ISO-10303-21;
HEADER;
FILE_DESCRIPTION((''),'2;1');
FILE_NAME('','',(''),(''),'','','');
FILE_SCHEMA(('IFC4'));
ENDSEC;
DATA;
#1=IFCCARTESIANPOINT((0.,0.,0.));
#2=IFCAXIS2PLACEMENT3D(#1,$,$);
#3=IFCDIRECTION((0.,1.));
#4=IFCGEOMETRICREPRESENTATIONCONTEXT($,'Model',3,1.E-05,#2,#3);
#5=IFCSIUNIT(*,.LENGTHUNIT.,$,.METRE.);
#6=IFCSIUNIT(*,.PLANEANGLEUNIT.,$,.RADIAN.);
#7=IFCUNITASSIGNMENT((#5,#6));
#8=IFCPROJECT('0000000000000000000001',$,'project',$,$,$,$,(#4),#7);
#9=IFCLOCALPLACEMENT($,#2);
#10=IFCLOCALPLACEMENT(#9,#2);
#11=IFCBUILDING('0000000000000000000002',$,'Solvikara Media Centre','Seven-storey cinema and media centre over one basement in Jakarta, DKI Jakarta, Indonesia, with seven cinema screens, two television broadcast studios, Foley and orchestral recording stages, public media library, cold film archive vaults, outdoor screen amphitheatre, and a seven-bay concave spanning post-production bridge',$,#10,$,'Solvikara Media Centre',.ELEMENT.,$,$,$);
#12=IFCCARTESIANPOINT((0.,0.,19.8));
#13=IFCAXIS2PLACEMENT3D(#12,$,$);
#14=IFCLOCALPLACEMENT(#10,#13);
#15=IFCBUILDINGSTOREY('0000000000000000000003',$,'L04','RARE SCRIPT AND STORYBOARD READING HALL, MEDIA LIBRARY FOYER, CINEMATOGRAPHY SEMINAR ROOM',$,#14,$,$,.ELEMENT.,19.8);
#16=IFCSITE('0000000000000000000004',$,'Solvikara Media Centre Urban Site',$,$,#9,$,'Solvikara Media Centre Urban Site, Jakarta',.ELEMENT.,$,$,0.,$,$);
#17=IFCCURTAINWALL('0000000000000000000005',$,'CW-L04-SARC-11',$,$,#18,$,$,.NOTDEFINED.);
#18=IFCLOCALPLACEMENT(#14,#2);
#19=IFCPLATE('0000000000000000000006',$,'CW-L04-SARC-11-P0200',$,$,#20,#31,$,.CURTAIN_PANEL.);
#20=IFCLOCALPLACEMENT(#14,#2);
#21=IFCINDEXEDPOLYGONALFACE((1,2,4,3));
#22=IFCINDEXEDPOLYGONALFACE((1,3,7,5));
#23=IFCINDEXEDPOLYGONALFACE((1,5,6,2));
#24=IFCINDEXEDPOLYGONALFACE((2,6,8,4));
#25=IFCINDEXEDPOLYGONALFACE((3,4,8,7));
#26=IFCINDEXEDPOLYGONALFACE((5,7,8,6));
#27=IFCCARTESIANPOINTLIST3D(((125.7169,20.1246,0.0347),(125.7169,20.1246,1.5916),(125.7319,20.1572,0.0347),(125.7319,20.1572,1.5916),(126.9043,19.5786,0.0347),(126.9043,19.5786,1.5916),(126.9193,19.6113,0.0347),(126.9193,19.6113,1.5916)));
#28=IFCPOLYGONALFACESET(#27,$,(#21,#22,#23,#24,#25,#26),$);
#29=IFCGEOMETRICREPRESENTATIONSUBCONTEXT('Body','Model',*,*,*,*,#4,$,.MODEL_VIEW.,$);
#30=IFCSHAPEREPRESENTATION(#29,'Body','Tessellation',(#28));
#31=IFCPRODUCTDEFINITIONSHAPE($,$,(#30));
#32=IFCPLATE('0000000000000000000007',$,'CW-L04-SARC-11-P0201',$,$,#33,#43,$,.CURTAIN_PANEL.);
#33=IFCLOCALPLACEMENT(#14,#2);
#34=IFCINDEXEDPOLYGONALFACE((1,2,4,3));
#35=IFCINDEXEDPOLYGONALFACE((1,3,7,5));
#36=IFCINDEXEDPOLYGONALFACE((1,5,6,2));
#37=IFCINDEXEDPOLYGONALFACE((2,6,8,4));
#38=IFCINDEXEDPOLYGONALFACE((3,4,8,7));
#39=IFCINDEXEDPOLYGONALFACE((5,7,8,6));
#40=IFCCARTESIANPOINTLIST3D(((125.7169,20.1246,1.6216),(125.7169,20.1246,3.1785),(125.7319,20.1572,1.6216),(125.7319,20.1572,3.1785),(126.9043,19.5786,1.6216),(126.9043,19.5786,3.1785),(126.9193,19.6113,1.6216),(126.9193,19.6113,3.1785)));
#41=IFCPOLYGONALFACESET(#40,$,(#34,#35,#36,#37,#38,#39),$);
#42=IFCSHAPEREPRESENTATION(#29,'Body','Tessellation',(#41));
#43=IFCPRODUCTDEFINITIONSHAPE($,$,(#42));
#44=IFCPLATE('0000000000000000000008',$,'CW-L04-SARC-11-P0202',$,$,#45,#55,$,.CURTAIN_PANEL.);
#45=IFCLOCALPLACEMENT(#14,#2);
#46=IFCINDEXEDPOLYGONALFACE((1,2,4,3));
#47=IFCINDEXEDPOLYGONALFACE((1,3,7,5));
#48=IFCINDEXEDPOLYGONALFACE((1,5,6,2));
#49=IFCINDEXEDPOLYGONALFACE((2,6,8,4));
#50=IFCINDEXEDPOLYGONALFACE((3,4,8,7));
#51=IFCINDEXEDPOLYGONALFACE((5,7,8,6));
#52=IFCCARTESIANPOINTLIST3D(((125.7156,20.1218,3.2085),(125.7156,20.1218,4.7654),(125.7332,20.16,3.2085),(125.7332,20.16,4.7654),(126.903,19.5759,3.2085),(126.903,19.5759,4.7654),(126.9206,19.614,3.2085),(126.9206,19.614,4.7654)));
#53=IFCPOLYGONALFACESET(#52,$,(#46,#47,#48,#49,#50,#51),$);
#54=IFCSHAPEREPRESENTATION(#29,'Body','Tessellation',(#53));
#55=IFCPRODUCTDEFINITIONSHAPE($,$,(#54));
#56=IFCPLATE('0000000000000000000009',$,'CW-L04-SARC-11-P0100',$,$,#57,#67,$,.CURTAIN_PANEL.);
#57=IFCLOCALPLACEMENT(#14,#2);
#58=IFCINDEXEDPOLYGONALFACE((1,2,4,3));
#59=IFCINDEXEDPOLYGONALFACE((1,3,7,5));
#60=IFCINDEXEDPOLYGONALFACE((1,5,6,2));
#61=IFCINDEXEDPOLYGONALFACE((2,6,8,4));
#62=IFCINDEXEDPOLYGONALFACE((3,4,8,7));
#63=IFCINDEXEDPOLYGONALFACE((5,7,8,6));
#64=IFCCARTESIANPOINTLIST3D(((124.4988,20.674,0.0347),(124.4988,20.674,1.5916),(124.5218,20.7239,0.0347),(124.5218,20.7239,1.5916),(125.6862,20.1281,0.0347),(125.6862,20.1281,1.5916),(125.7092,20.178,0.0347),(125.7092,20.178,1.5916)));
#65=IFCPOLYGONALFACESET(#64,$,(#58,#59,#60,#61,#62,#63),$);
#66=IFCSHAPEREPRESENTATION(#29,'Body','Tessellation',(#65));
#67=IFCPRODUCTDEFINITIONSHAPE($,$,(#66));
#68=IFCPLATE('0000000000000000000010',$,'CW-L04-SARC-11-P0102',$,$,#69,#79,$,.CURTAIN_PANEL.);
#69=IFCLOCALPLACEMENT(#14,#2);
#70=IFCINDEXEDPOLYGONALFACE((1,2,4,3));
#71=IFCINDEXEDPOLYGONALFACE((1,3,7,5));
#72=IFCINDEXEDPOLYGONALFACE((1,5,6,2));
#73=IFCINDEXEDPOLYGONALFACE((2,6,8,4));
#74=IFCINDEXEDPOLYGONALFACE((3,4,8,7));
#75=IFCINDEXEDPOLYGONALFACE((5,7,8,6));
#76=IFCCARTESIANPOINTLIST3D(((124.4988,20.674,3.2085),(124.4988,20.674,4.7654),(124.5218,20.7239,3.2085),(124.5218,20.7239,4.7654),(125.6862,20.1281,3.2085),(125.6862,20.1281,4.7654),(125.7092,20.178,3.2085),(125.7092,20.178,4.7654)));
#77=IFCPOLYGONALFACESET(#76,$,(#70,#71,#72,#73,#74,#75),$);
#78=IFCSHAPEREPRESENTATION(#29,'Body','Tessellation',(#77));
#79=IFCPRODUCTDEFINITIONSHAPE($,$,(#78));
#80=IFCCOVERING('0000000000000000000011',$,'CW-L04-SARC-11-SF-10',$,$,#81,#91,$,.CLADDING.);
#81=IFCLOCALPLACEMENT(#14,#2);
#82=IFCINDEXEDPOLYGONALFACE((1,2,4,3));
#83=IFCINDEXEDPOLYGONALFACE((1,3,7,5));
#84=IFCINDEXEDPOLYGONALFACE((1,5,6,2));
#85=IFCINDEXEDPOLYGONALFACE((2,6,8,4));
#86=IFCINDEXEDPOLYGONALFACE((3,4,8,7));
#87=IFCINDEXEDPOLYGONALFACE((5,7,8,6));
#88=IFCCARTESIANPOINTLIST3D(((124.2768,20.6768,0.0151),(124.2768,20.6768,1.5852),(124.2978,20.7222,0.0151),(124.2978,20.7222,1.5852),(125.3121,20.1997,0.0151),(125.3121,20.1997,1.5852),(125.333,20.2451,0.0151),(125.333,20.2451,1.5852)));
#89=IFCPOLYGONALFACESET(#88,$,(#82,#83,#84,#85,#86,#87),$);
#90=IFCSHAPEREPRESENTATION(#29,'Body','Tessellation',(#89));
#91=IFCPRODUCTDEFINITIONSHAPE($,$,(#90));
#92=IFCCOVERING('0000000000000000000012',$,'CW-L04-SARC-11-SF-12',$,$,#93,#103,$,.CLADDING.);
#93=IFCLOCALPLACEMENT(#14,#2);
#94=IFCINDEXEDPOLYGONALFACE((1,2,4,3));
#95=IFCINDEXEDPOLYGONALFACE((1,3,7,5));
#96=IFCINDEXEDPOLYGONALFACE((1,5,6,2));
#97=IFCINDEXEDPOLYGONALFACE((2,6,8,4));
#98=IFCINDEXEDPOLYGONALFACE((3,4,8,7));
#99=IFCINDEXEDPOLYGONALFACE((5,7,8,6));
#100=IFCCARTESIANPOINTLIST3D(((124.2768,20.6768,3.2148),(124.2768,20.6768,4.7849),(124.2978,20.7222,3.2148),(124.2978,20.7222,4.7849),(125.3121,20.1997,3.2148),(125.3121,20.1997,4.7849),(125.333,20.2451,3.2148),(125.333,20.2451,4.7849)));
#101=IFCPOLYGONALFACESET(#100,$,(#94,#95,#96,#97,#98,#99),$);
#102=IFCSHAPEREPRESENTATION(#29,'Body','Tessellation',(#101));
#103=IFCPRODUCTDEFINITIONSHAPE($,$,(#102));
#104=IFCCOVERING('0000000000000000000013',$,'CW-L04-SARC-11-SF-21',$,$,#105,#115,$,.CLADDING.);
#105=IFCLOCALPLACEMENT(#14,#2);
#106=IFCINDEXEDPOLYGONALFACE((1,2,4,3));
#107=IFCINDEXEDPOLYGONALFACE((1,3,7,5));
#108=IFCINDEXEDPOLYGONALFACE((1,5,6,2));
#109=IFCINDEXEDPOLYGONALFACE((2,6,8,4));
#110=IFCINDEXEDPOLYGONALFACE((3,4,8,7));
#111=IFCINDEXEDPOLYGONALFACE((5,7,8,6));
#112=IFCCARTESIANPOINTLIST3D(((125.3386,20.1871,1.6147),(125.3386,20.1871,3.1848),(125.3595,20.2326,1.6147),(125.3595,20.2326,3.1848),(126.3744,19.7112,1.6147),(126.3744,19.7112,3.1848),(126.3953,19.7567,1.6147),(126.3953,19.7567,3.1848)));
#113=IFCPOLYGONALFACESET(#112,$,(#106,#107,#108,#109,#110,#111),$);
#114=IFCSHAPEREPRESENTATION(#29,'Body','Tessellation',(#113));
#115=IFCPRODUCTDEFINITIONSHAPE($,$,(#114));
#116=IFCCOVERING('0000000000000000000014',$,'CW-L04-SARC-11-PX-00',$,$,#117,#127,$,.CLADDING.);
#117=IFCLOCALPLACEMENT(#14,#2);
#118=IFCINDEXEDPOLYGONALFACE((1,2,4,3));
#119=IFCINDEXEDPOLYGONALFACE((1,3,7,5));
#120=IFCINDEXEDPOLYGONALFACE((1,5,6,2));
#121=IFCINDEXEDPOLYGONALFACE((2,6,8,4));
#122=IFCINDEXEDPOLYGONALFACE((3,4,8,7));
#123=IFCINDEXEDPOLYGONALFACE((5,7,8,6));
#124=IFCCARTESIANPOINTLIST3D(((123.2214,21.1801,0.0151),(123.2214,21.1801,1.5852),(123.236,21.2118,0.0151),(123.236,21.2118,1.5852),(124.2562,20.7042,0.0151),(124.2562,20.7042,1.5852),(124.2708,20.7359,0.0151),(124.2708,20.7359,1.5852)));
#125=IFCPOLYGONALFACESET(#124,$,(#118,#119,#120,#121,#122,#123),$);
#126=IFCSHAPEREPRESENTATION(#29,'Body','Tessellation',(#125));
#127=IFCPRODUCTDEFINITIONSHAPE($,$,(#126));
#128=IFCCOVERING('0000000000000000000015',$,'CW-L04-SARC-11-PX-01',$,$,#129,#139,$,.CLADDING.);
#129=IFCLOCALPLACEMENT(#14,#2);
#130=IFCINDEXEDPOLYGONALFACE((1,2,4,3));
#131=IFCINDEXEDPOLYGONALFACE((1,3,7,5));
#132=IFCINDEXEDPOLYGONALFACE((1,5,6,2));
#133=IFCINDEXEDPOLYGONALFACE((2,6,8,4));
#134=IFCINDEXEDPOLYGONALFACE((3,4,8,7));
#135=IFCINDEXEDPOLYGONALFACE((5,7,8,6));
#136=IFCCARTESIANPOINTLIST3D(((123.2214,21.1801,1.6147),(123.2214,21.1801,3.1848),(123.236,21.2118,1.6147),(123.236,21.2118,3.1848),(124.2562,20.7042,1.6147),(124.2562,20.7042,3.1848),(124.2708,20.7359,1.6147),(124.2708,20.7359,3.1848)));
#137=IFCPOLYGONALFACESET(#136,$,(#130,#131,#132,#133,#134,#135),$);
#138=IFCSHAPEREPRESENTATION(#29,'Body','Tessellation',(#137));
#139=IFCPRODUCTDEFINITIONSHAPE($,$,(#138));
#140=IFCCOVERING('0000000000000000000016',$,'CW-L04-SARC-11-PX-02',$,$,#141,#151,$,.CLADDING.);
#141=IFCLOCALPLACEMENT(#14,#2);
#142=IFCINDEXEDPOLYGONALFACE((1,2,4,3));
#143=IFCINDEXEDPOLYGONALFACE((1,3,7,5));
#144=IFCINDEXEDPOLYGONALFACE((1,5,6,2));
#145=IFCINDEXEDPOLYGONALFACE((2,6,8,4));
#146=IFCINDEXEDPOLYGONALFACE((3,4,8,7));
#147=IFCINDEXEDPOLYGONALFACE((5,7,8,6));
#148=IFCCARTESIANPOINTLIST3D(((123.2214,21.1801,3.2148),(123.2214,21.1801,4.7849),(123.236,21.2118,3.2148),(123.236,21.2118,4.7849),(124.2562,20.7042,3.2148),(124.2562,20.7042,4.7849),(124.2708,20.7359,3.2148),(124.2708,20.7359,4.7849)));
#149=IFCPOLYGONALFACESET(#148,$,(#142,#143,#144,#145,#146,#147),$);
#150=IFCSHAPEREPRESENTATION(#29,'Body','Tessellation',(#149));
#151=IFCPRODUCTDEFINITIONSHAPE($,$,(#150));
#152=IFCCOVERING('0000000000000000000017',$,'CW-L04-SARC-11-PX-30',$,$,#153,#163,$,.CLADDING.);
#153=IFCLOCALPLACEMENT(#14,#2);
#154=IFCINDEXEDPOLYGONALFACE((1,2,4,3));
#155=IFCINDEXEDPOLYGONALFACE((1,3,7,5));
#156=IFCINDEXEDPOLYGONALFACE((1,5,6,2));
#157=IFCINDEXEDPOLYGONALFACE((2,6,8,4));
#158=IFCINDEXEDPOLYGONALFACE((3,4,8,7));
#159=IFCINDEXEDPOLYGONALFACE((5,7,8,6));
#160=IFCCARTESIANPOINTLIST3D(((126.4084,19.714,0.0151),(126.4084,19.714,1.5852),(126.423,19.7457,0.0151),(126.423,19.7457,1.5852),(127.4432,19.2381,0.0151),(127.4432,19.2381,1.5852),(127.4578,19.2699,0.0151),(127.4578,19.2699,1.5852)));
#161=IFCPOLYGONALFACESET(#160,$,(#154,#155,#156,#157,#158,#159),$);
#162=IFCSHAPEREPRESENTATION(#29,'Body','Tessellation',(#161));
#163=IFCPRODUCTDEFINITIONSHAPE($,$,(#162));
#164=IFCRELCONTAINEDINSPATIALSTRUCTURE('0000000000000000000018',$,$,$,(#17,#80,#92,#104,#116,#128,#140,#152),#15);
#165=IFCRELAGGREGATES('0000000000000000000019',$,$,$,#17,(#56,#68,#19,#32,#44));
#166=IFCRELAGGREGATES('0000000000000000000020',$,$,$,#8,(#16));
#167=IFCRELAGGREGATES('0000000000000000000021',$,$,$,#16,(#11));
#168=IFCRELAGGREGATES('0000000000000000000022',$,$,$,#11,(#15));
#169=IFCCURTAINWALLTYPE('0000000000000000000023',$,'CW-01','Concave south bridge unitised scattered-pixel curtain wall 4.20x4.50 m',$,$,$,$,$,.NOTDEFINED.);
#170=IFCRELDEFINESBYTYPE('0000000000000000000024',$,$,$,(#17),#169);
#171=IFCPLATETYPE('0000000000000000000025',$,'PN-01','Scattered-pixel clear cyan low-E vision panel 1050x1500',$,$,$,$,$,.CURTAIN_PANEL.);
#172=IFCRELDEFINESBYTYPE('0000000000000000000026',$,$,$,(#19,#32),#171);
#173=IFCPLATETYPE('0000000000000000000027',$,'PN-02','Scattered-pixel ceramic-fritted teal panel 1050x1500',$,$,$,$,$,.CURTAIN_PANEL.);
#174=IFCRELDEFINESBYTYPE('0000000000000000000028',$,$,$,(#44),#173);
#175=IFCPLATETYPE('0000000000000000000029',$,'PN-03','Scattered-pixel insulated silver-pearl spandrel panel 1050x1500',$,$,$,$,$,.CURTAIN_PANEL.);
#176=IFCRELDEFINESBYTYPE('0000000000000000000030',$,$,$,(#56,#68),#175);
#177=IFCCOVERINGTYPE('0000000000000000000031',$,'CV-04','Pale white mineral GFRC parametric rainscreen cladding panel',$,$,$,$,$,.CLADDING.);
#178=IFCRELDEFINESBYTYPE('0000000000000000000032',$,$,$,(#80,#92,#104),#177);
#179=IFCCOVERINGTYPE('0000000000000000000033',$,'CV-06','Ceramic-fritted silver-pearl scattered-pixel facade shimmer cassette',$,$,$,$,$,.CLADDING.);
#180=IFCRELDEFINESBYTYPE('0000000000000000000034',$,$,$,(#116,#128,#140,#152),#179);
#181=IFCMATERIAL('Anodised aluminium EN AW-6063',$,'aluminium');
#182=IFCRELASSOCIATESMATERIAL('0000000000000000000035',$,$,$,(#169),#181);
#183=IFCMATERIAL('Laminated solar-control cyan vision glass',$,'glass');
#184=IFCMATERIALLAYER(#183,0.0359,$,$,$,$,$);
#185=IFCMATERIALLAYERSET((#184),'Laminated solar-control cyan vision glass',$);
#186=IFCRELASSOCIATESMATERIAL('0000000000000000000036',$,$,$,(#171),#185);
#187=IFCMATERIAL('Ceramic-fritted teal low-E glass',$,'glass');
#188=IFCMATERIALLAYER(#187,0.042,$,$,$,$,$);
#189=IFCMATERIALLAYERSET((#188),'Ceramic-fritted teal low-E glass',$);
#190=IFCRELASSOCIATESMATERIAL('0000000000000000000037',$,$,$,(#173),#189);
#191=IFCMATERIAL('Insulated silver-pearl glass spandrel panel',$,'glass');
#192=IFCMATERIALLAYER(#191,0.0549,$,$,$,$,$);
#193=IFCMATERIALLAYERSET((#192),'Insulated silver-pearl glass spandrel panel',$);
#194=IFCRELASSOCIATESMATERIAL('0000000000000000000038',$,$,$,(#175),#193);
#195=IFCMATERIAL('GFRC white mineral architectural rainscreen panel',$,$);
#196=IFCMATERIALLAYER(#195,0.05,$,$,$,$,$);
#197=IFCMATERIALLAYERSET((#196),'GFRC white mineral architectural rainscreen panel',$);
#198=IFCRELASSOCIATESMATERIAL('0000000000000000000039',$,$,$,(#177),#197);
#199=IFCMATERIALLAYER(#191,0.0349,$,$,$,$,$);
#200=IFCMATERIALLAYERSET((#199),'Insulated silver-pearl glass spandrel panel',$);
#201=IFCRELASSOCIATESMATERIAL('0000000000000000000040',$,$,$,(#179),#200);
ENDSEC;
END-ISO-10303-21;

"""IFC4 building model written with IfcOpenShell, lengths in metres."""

from ifc_helpers import new_model, si_unit, direction, frame, origin, origin_2d, place, context, subcontext, project, spatial, rectangle, extrude, material, layer, layer_set, type_object, element, aggregate, save


model = new_model("IFC4")

# Units and contexts
model_context = context("Model", 3, precision=1e-05, world=origin(), true_north=direction((0.0, 1.0)))
body_context = subcontext(model_context, "Body", "Model", "MODEL_VIEW")
ifc_project = project(units=[si_unit("LENGTHUNIT", "METRE"), si_unit("PLANEANGLEUNIT", "RADIAN")], contexts=[model_context])

# Site, building, storey
site_placement = place(None, origin())
site = spatial("IfcSite", under=ifc_project, at=site_placement, Name="Solvikara Media Centre Urban Site", LongName="Solvikara Media Centre Urban Site, Jakarta", CompositionType="ELEMENT", RefElevation=0.0)
building_placement = place(site_placement, origin())
building = spatial("IfcBuilding", under=site, at=building_placement, Name="Solvikara Media Centre", Description="Seven-storey cinema and media centre over one basement in Jakarta, DKI Jakarta, Indonesia, with seven cinema screens, two television broadcast studios, Foley and orchestral recording stages, public media library, cold film archive vaults, outdoor screen amphitheatre, and a seven-bay concave spanning post-production bridge", LongName="Solvikara Media Centre", CompositionType="ELEMENT")
storey_placement = place(building_placement, frame((0.0, 0.0, 19.8)))
storey = spatial("IfcBuildingStorey", under=building, at=storey_placement, Name="L04", Description="RARE SCRIPT AND STORYBOARD READING HALL, MEDIA LIBRARY FOYER, CINEMATOGRAPHY SEMINAR ROOM", CompositionType="ELEMENT", Elevation=19.8)

# Curtain wall, plates
ifc_material_1 = material(Name="Anodised aluminium EN AW-6063", Category="aluminium")
curtain_wall_type = type_object("IfcCurtainWallType", Name="CW-01", Description="Concave south bridge unitised scattered-pixel curtain wall 4.20x4.50 m", PredefinedType="NOTDEFINED", material=ifc_material_1)
curtain_wall_placement = place(storey_placement, origin())
curtain_wall = element("IfcCurtainWall", 1, at=curtain_wall_placement, inside=storey, type_object=curtain_wall_type, Name="CW-L04-SARC-11", PredefinedType="NOTDEFINED")
ifc_material_2 = material(Name="Laminated solar-control cyan vision glass", Category="glass")
ifc_layer_1 = layer(ifc_material_2, 0.0359)
ifc_layer_set_1 = layer_set([ifc_layer_1], Name="Laminated solar-control cyan vision glass")
plate_type_1 = type_object("IfcPlateType", Name="PN-01", Description="Scattered-pixel clear cyan low-E vision panel 1050x1500", PredefinedType="CURTAIN_PANEL", material=ifc_layer_set_1)
plate_1_placement = place(storey_placement, frame((126.3181, 19.8679, 0.0347), z_axis=(0.0, 0.0, 1.0), x_axis=(0.908567, -0.41774, 0.0)))
plate_1 = element("IfcPlate", 2, at=plate_1_placement, type_object=plate_type_1, Name="CW-L04-SARC-11-P0200", PredefinedType="CURTAIN_PANEL", context=body_context, shape_type="SweptSolid", body=[
    extrude(rectangle(XDim=1.3069, YDim=0.0359, at=origin_2d()), origin(), (0.0, 0.0, 1.0), 1.5569),
])
plate_2_placement = place(storey_placement, frame((126.3181, 19.8679, 1.6216), z_axis=(0.0, 0.0, 1.0), x_axis=(0.908567, -0.41774, 0.0)))
plate_2 = element("IfcPlate", 3, at=plate_2_placement, type_object=plate_type_1, Name="CW-L04-SARC-11-P0201", PredefinedType="CURTAIN_PANEL", context=body_context, shape_type="SweptSolid", body=[
    extrude(rectangle(XDim=1.3069, YDim=0.0359, at=origin_2d()), origin(), (0.0, 0.0, 1.0), 1.5569),
])
ifc_material_3 = material(Name="Ceramic-fritted teal low-E glass", Category="glass")
ifc_layer_2 = layer(ifc_material_3, 0.042)
ifc_layer_set_2 = layer_set([ifc_layer_2], Name="Ceramic-fritted teal low-E glass")
plate_type_2 = type_object("IfcPlateType", Name="PN-02", Description="Scattered-pixel ceramic-fritted teal panel 1050x1500", PredefinedType="CURTAIN_PANEL", material=ifc_layer_set_2)
plate_3_placement = place(storey_placement, frame((126.3181, 19.8679, 3.2085), z_axis=(0.0, 0.0, 1.0), x_axis=(0.908567, -0.41774, 0.0)))
plate_3 = element("IfcPlate", 4, at=plate_3_placement, type_object=plate_type_2, Name="CW-L04-SARC-11-P0202", PredefinedType="CURTAIN_PANEL", context=body_context, shape_type="SweptSolid", body=[
    extrude(rectangle(XDim=1.3069, YDim=0.042, at=origin_2d()), origin(), (0.0, 0.0, 1.0), 1.5569),
])
ifc_material_4 = material(Name="Insulated silver-pearl glass spandrel panel", Category="glass")
ifc_layer_3 = layer(ifc_material_4, 0.0549)
ifc_layer_set_3 = layer_set([ifc_layer_3], Name="Insulated silver-pearl glass spandrel panel")
plate_type_3 = type_object("IfcPlateType", Name="PN-03", Description="Scattered-pixel insulated silver-pearl spandrel panel 1050x1500", PredefinedType="CURTAIN_PANEL", material=ifc_layer_set_3)
plate_4_placement = place(storey_placement, frame((125.104, 20.426, 0.0347), z_axis=(0.0, 0.0, 1.0), x_axis=(0.908567, -0.41774, 0.0)))
plate_4 = element("IfcPlate", 5, at=plate_4_placement, type_object=plate_type_3, Name="CW-L04-SARC-11-P0100", PredefinedType="CURTAIN_PANEL", context=body_context, shape_type="SweptSolid", body=[
    extrude(rectangle(XDim=1.3069, YDim=0.0549, at=origin_2d()), origin(), (0.0, 0.0, 1.0), 1.5569),
])
plate_5_placement = place(storey_placement, frame((125.104, 20.426, 3.2085), z_axis=(0.0, 0.0, 1.0), x_axis=(0.908567, -0.41774, 0.0)))
plate_5 = element("IfcPlate", 6, at=plate_5_placement, type_object=plate_type_3, Name="CW-L04-SARC-11-P0102", PredefinedType="CURTAIN_PANEL", context=body_context, shape_type="SweptSolid", body=[
    extrude(rectangle(XDim=1.3069, YDim=0.0549, at=origin_2d()), origin(), (0.0, 0.0, 1.0), 1.5569),
])
aggregate(curtain_wall, [plate_4, plate_5, plate_1, plate_2, plate_3])

# Coverings
ifc_material_5 = material(Name="GFRC white mineral architectural rainscreen panel")
ifc_layer_4 = layer(ifc_material_5, 0.05)
ifc_layer_set_4 = layer_set([ifc_layer_4], Name="GFRC white mineral architectural rainscreen panel")
covering_type_1 = type_object("IfcCoveringType", Name="CV-04", Description="Pale white mineral GFRC parametric rainscreen cladding panel", PredefinedType="CLADDING", material=ifc_layer_set_4)
for number, where, z_axis, x_axis, name in (
    (7, (124.8049, 20.4609, 0.0151), (0.0, 0.0, 1.0), (0.908187, -0.418565, 0.0), "CW-L04-SARC-11-SF-10"),
    (8, (124.8049, 20.4609, 3.2148), (0.0, 0.0, 1.0), (0.908187, -0.418565, 0.0), "CW-L04-SARC-11-SF-12"),
    (9, (125.8669, 19.9719, 1.6147), (0.0, 0.0, 1.0), (0.908676, -0.417502, 0.0), "CW-L04-SARC-11-SF-21"),
):
    element("IfcCovering", number, at=place(storey_placement, frame(where, z_axis=z_axis, x_axis=x_axis)), inside=storey, type_object=covering_type_1, Name=name, PredefinedType="CLADDING", context=body_context, shape_type="SweptSolid", body=[
        extrude(rectangle(XDim=1.1399, YDim=0.05, at=origin_2d()), origin(), (0.0, 0.0, 1.0), 1.5701),
    ])
ifc_layer_5 = layer(ifc_material_4, 0.0349)
ifc_layer_set_5 = layer_set([ifc_layer_5], Name="Insulated silver-pearl glass spandrel panel")
covering_type_2 = type_object("IfcCoveringType", Name="CV-06", Description="Ceramic-fritted silver-pearl scattered-pixel facade shimmer cassette", PredefinedType="CLADDING", material=ifc_layer_set_5)
for number, where, z_axis, x_axis, name in (
    (10, (123.7461, 20.958, 0.0151), (0.0, 0.0, 1.0), (0.908523, -0.417835, 0.0), "CW-L04-SARC-11-PX-00"),
    (11, (123.7461, 20.958, 1.6147), (0.0, 0.0, 1.0), (0.908523, -0.417835, 0.0), "CW-L04-SARC-11-PX-01"),
    (12, (123.7461, 20.958, 3.2148), (0.0, 0.0, 1.0), (0.908523, -0.417835, 0.0), "CW-L04-SARC-11-PX-02"),
    (13, (126.9331, 19.4919, 0.0151), (0.0, 0.0, 1.0), (0.908523, -0.417835, 0.0), "CW-L04-SARC-11-PX-30"),
):
    element("IfcCovering", number, at=place(storey_placement, frame(where, z_axis=z_axis, x_axis=x_axis)), inside=storey, type_object=covering_type_2, Name=name, PredefinedType="CLADDING", context=body_context, shape_type="SweptSolid", body=[
        extrude(rectangle(XDim=1.1389, YDim=0.0349, at=origin_2d()), origin(), (0.0, 0.0, 1.0), 1.5701),
    ])

save(model, "model.ifc")
